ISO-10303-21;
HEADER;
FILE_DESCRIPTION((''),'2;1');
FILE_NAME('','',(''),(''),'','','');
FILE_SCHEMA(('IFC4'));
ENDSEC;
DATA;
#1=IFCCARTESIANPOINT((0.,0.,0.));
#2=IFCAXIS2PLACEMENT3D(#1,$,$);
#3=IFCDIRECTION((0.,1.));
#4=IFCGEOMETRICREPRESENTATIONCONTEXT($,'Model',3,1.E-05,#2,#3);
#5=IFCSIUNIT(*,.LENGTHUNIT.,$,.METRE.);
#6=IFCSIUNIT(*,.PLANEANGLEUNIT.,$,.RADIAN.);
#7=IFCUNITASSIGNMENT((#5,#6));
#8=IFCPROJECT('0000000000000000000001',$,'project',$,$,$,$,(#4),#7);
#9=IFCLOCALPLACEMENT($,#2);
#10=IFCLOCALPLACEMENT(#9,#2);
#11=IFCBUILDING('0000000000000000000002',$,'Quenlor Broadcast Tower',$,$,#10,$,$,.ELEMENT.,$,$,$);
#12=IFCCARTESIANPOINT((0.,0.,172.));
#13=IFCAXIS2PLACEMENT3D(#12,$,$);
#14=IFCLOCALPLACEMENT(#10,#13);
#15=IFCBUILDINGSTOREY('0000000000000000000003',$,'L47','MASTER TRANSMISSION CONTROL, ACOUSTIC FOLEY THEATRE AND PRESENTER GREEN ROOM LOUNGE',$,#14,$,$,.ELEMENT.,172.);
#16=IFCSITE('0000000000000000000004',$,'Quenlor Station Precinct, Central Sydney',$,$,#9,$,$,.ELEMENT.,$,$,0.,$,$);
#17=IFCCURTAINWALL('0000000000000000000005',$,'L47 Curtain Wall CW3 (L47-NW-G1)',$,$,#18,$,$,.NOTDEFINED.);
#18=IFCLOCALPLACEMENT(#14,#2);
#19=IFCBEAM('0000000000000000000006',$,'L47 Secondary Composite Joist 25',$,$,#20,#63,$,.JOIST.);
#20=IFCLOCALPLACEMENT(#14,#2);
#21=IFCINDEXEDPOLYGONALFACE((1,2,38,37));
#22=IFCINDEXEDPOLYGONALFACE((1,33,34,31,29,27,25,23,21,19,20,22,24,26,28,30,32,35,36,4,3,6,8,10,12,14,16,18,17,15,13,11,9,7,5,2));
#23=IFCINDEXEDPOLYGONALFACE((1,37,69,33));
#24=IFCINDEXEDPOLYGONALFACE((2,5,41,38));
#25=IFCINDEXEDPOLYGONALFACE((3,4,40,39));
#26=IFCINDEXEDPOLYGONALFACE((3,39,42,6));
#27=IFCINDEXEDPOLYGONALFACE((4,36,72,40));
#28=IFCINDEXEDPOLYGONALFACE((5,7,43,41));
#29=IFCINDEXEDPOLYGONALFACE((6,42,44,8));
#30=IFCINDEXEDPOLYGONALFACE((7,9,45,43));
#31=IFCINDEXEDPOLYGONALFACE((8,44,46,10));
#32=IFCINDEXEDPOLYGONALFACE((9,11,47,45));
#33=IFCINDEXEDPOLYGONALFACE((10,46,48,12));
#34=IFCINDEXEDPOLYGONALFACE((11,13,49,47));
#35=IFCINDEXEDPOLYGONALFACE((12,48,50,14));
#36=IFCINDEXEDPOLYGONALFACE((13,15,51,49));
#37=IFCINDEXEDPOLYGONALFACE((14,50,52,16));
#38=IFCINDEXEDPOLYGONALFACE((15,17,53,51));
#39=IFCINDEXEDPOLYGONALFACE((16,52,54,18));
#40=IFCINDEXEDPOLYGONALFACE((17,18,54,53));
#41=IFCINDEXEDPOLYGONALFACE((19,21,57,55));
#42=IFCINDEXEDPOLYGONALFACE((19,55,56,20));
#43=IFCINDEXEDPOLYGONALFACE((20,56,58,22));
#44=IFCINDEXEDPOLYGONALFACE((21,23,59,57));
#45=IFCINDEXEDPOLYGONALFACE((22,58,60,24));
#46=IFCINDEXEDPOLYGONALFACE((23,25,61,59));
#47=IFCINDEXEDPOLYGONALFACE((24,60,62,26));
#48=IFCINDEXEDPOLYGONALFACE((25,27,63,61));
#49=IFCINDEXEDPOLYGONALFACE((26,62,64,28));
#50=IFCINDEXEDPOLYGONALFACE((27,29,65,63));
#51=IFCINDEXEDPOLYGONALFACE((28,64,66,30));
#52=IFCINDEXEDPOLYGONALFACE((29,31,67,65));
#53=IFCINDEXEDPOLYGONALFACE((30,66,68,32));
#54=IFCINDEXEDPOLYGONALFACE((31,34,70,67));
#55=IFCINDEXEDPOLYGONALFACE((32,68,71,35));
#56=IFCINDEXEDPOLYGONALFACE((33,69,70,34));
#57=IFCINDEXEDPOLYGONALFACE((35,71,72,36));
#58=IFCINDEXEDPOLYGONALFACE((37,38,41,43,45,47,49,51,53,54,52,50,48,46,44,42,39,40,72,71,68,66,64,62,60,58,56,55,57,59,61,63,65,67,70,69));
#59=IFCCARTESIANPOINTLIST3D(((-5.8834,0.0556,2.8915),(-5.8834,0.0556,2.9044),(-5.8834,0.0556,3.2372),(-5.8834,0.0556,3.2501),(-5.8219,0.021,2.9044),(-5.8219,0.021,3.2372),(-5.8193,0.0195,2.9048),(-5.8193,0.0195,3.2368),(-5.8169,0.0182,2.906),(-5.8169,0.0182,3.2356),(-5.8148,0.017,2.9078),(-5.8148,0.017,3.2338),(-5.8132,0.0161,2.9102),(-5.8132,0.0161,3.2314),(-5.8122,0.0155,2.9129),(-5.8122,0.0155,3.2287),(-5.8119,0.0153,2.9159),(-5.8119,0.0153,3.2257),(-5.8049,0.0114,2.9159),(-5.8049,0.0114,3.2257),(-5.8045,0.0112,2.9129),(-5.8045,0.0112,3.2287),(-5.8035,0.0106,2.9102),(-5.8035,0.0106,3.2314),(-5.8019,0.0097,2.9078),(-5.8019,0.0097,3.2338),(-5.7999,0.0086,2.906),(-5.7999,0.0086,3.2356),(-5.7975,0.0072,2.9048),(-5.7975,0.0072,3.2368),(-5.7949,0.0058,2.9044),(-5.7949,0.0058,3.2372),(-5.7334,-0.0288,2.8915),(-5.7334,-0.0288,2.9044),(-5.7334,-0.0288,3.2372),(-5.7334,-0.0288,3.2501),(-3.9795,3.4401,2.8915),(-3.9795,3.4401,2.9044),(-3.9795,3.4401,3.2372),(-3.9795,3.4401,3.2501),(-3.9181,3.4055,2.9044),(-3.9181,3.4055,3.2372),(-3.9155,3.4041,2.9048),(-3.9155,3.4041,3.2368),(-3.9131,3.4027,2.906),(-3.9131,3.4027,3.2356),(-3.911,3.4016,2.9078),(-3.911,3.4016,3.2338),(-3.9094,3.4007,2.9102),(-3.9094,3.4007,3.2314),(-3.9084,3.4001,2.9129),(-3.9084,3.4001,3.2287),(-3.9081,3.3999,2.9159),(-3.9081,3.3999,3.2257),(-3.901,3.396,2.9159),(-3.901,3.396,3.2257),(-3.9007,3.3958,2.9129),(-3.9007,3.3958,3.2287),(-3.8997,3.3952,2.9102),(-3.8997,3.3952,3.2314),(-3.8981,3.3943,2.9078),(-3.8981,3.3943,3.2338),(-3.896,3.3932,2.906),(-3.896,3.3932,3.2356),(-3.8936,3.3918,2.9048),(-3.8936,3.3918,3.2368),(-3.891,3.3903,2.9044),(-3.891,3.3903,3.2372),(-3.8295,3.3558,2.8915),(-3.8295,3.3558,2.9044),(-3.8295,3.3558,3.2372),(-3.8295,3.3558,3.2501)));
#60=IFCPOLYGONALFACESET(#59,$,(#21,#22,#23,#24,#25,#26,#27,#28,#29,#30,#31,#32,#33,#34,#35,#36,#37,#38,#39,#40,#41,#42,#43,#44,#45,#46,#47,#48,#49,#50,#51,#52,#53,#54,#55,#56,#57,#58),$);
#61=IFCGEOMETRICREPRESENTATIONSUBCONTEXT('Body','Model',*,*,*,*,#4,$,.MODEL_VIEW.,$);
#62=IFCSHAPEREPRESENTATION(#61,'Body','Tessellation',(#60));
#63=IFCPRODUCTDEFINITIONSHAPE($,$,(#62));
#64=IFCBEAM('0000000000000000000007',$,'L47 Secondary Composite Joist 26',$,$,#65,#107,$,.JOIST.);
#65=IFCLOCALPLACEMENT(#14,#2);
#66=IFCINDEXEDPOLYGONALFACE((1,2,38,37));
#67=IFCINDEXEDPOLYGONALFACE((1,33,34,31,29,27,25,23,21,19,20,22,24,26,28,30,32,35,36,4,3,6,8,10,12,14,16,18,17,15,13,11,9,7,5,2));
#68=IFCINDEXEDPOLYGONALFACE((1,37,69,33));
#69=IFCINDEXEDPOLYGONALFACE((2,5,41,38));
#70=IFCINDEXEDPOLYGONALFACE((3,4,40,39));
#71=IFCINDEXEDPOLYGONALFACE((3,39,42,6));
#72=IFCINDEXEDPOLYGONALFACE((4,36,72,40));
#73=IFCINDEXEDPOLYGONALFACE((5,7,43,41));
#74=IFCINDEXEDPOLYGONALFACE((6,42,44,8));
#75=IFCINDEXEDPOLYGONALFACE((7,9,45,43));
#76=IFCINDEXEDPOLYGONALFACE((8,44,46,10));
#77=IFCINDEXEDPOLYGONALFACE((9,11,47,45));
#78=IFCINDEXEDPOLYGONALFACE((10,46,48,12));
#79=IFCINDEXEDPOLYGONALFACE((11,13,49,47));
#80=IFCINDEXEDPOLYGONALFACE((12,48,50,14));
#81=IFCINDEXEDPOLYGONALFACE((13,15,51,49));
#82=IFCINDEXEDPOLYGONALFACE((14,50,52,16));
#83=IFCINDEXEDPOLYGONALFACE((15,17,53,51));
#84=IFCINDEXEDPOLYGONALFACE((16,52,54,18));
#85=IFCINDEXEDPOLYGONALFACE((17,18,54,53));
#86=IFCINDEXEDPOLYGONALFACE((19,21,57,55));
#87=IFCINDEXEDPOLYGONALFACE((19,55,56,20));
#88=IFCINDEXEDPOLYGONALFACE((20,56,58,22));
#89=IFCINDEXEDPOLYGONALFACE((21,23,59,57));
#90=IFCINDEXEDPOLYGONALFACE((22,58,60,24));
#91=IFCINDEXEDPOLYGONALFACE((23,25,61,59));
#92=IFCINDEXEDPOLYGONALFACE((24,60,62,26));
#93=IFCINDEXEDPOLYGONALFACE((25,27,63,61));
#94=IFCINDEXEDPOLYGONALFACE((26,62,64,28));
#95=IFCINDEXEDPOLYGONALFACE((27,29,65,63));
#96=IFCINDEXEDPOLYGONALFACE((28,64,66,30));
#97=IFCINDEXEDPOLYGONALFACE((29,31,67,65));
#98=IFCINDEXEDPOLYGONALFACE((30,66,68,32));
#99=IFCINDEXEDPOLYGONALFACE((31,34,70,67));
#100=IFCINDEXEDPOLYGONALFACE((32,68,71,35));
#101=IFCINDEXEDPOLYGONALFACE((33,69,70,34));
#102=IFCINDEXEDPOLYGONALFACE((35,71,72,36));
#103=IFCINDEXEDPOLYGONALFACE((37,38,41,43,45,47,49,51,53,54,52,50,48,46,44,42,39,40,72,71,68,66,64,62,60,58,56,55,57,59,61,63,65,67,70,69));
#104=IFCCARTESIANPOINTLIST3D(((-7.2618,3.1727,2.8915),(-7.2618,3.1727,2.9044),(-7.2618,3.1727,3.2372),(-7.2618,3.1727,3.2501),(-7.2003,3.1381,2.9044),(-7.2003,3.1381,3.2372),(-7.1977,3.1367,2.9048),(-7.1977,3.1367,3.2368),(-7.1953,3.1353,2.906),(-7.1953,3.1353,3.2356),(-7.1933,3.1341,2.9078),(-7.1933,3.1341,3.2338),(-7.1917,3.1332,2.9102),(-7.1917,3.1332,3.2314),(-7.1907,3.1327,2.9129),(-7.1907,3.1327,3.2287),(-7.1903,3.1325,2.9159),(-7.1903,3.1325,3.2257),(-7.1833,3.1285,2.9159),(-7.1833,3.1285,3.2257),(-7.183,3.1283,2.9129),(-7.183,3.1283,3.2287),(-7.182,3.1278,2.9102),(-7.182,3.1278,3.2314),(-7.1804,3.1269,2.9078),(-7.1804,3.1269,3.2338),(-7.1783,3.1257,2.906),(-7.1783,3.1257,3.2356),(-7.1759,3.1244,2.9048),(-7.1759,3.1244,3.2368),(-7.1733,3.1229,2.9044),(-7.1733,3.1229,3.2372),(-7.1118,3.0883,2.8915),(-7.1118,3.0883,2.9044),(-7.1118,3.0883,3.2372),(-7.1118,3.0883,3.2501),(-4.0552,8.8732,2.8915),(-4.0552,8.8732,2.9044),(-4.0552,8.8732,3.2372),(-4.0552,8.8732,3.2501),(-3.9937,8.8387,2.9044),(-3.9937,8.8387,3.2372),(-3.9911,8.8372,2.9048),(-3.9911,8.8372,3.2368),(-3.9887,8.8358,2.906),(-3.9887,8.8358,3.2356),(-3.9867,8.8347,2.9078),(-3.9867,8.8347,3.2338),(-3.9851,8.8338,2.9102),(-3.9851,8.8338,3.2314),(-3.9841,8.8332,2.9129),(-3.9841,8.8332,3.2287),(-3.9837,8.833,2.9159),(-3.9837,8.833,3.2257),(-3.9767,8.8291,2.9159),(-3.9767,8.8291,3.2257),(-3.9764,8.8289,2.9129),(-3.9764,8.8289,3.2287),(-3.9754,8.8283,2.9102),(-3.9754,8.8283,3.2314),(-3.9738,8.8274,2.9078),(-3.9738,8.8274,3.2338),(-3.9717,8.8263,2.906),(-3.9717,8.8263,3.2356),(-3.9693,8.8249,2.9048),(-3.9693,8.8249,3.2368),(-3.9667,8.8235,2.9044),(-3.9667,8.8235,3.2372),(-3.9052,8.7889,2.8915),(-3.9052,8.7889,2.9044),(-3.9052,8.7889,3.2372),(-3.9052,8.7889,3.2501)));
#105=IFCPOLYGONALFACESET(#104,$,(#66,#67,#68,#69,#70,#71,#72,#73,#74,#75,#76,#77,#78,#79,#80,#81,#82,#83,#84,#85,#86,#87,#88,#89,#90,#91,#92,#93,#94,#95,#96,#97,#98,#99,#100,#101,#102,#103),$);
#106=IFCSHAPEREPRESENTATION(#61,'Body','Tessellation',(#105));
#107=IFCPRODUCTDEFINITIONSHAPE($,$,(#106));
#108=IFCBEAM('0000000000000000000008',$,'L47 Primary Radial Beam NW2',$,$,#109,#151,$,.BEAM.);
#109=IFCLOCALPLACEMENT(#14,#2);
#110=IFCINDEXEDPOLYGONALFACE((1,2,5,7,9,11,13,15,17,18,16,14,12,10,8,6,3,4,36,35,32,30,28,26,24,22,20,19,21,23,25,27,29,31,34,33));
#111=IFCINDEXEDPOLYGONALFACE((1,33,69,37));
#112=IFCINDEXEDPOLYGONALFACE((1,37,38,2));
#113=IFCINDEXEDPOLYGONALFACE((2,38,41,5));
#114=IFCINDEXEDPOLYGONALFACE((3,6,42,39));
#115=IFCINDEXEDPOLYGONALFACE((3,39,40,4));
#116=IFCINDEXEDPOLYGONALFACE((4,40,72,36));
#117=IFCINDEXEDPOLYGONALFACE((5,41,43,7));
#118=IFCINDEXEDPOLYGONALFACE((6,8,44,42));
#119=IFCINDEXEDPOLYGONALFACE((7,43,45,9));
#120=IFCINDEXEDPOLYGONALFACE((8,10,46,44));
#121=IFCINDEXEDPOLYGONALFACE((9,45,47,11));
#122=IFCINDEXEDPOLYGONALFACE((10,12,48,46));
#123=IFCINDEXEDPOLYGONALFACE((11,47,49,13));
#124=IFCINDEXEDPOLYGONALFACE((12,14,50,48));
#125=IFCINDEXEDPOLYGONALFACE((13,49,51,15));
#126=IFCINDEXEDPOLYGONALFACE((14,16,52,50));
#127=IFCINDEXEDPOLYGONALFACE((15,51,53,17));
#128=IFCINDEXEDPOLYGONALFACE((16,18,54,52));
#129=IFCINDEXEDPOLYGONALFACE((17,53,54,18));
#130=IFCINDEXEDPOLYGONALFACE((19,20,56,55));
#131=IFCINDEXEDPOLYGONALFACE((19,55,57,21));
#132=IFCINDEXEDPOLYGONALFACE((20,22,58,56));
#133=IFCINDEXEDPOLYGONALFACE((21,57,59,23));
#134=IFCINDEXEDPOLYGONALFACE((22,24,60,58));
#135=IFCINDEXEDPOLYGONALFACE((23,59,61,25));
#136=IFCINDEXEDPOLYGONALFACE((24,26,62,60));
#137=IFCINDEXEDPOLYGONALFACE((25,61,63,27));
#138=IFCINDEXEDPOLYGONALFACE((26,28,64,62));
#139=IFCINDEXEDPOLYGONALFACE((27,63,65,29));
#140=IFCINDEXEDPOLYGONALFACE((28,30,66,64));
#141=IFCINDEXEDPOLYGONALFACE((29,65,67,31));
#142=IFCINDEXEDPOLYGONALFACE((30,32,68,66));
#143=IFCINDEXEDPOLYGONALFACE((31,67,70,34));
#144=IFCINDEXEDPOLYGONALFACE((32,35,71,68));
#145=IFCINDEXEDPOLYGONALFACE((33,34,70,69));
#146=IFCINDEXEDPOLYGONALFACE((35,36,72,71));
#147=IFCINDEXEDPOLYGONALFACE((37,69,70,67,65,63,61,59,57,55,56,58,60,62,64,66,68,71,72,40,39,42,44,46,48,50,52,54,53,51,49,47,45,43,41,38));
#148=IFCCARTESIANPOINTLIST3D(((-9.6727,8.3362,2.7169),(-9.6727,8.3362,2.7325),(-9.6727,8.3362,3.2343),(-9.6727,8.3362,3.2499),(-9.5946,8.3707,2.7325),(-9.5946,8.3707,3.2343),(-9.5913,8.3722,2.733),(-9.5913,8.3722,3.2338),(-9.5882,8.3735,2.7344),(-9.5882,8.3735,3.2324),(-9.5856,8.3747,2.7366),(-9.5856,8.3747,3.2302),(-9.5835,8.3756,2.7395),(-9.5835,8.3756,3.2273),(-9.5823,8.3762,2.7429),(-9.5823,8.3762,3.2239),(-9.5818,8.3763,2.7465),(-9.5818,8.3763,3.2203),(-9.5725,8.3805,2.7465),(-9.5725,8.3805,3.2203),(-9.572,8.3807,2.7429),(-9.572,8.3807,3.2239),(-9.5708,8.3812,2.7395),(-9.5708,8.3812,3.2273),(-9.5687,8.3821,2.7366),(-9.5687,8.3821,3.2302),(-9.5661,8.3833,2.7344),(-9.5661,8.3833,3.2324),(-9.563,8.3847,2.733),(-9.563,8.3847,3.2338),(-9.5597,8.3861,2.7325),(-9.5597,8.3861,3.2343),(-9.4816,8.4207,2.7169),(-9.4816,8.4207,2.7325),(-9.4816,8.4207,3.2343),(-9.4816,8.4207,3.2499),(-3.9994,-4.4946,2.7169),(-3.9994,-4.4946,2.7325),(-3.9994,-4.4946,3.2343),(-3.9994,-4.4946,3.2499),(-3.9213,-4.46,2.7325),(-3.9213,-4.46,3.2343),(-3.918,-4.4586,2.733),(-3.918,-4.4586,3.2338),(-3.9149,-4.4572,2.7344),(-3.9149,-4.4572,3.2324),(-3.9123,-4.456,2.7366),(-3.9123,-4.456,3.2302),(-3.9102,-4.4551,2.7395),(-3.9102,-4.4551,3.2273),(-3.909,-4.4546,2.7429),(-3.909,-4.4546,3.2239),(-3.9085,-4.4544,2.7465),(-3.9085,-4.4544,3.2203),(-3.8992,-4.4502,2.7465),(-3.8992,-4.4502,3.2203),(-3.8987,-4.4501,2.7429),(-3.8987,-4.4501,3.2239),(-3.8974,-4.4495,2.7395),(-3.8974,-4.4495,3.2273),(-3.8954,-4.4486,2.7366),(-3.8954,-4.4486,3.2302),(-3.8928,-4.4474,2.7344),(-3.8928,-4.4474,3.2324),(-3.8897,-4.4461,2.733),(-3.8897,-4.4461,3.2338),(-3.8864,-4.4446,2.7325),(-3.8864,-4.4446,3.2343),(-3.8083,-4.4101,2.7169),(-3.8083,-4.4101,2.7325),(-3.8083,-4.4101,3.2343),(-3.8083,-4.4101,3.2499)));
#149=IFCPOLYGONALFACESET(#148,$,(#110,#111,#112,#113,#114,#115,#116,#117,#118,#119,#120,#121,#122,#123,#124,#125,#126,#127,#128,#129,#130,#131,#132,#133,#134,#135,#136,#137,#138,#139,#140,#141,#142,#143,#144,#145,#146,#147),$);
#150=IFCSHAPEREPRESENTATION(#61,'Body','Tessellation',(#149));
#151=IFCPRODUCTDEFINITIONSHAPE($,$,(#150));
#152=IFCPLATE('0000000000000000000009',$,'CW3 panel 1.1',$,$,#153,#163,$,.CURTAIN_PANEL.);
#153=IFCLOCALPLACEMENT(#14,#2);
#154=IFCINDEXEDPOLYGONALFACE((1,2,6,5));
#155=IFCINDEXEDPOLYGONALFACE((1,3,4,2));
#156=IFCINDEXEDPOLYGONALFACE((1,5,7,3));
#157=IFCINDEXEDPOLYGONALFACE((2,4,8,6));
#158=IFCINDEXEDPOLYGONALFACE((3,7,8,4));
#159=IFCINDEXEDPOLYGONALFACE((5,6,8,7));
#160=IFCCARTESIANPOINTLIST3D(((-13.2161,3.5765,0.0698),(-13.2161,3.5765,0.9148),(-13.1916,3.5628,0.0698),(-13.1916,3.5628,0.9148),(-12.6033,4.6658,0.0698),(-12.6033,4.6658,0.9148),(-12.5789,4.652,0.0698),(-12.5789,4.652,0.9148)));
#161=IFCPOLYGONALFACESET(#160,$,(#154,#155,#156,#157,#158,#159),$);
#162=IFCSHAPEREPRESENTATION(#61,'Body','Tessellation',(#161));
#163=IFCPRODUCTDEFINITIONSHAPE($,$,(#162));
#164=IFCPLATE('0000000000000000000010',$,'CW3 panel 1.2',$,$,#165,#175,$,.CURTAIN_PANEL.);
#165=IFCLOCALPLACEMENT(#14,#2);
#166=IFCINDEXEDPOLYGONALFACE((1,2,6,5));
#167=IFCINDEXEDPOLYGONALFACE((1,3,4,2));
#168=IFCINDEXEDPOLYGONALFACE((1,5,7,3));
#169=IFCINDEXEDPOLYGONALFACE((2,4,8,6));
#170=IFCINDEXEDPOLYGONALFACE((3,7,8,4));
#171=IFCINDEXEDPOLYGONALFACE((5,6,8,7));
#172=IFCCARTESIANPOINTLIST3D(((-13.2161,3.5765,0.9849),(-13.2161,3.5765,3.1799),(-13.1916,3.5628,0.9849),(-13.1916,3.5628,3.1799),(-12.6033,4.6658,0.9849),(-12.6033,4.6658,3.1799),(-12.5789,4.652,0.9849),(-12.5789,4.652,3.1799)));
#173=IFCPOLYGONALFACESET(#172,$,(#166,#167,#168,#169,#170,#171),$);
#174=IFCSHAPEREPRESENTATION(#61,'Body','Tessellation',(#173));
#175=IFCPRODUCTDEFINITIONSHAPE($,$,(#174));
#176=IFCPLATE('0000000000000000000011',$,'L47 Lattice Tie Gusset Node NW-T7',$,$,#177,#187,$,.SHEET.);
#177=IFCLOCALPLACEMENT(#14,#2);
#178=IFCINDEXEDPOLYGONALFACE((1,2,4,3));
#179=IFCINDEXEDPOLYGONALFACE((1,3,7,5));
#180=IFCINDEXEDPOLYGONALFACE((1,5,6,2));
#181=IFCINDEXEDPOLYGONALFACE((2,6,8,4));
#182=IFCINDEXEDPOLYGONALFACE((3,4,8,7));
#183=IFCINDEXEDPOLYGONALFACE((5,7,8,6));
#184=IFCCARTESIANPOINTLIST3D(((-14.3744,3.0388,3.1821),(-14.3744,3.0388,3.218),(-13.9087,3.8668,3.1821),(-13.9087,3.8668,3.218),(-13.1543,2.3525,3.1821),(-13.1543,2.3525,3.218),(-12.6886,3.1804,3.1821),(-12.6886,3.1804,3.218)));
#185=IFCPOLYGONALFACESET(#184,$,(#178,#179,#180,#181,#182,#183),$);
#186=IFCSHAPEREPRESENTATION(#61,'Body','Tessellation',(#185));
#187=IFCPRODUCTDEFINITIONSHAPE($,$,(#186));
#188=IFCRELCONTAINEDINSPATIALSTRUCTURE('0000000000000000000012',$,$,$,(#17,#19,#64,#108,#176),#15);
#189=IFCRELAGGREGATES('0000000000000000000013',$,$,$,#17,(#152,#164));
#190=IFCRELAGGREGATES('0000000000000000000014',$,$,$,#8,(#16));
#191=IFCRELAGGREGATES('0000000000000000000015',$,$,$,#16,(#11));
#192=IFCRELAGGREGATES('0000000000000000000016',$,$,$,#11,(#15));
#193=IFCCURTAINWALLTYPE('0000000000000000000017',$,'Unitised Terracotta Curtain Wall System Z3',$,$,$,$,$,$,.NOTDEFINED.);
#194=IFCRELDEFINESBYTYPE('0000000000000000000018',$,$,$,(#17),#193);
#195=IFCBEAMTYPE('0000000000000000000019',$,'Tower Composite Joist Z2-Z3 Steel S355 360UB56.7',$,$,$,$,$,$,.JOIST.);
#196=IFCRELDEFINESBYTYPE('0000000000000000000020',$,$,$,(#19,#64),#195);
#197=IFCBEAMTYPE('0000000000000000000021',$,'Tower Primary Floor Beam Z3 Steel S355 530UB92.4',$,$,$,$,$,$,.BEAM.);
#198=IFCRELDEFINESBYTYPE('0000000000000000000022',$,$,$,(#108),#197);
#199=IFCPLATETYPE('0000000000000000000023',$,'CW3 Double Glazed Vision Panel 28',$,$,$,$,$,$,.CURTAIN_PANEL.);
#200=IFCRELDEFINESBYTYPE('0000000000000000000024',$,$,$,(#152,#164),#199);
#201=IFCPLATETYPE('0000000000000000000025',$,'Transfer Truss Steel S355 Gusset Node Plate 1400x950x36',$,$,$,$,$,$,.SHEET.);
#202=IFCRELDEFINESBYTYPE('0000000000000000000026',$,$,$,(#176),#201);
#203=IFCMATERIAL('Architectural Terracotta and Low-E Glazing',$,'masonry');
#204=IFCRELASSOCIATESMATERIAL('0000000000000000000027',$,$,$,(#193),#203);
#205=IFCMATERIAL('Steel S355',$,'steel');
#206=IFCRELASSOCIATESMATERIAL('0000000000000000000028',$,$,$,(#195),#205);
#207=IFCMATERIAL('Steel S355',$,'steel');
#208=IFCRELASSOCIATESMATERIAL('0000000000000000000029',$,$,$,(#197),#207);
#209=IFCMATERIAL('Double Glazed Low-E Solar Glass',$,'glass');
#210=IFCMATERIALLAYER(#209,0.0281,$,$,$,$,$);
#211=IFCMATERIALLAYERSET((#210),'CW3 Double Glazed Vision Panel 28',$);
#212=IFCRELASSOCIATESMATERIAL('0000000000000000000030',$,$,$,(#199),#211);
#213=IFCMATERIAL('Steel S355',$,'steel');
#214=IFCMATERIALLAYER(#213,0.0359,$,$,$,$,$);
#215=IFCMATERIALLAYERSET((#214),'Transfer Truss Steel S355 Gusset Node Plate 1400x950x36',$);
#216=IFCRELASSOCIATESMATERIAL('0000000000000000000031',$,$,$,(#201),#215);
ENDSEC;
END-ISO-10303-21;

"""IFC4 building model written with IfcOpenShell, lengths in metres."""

from ifc_helpers import new_model, si_unit, direction, frame, origin, origin_2d, place, context, subcontext, project, spatial, rectangle, i_section, extrude, material, layer, layer_set, material_profile, profile_set, type_object, element, aggregate, save


model = new_model("IFC4")

# Units and contexts
model_context = context("Model", 3, precision=1e-05, world=origin(), true_north=direction((0.0, 1.0)))
body_context = subcontext(model_context, "Body", "Model", "MODEL_VIEW")
ifc_project = project(units=[si_unit("LENGTHUNIT", "METRE"), si_unit("PLANEANGLEUNIT", "RADIAN")], contexts=[model_context])

# Site, building, storey
site_placement = place(None, origin())
site = spatial("IfcSite", under=ifc_project, at=site_placement, Name="Quenlor Station Precinct, Central Sydney", CompositionType="ELEMENT", RefElevation=0.0)
building_placement = place(site_placement, origin())
building = spatial("IfcBuilding", under=site, at=building_placement, Name="Quenlor Broadcast Tower", CompositionType="ELEMENT")
storey_placement = place(building_placement, frame((0.0, 0.0, 172.0)))
storey = spatial("IfcBuildingStorey", under=building, at=storey_placement, Name="L47", Description="MASTER TRANSMISSION CONTROL, ACOUSTIC FOLEY THEATRE AND PRESENTER GREEN ROOM LOUNGE", CompositionType="ELEMENT", Elevation=172.0)

# Shared definitions
ifc_material_1 = material(Name="Architectural Terracotta and Low-E Glazing", Category="masonry")
curtain_wall_type = type_object("IfcCurtainWallType", Name="Unitised Terracotta Curtain Wall System Z3", PredefinedType="NOTDEFINED", material=ifc_material_1)

# Curtain wall
curtain_wall_1_placement = place(storey_placement, origin())
curtain_wall_1 = element("IfcCurtainWall", 1, at=curtain_wall_1_placement, inside=storey, type_object=curtain_wall_type, Name="L47 Curtain Wall CW3 (L47-NW-G1)", PredefinedType="NOTDEFINED")

# Beams
ifc_material_2 = material(Name="Steel S355", Category="steel")
ifc_material_profile_1 = material_profile(ifc_material_2, i_section(OverallWidth=0.1721, OverallDepth=0.3586, WebThickness=0.0081, FlangeThickness=0.0129, FilletRadius=0.0115, at=origin_2d()))
ifc_profile_set_1 = profile_set([ifc_material_profile_1], Name="Steel S355 360UB56.7")
beam_type_1 = type_object("IfcBeamType", Name="Tower Composite Joist Z2-Z3 Steel S355 360UB56.7", PredefinedType="JOIST", material=ifc_profile_set_1)
beam_1_placement = place(storey_placement, frame((-3.9045, 3.3979, 3.0708), z_axis=(-0.490264, -0.871574, 0.0), x_axis=(0.871574, -0.490264, 0.0)))
element("IfcBeam", 2, at=beam_1_placement, inside=storey, type_object=beam_type_1, Name="L47 Secondary Composite Joist 25", PredefinedType="JOIST", context=body_context, shape_type="SweptSolid", body=[
    extrude(i_section(OverallWidth=0.1721, OverallDepth=0.3586, WebThickness=0.0081, FlangeThickness=0.0129, FilletRadius=0.0115, at=origin_2d()), origin(), (0.0, 0.0, 1.0), 3.8833),
])
beam_2_placement = place(storey_placement, frame((-3.9802, 8.8311, 3.0708), z_axis=(-0.490267, -0.871573, 0.0), x_axis=(0.871573, -0.490267, 0.0)))
element("IfcBeam", 3, at=beam_2_placement, inside=storey, type_object=beam_type_1, Name="L47 Secondary Composite Joist 26", PredefinedType="JOIST", context=body_context, shape_type="SweptSolid", body=[
    extrude(i_section(OverallWidth=0.1721, OverallDepth=0.3586, WebThickness=0.0081, FlangeThickness=0.0129, FilletRadius=0.0115, at=origin_2d()), origin(), (0.0, 0.0, 1.0), 6.5405),
])
ifc_material_3 = material(Name="Steel S355", Category="steel")
ifc_material_profile_2 = material_profile(ifc_material_3, i_section(OverallWidth=0.209, OverallDepth=0.533, WebThickness=0.0103, FlangeThickness=0.0156, FilletRadius=0.0139, at=origin_2d()))
ifc_profile_set_2 = profile_set([ifc_material_profile_2], Name="Steel S355 530UB92.4")
beam_type_2 = type_object("IfcBeamType", Name="Tower Primary Floor Beam Z3 Steel S355 530UB92.4", PredefinedType="BEAM", material=ifc_profile_set_2)
beam_3_placement = place(storey_placement, frame((-9.5771, 8.3784, 2.9834), z_axis=(0.404397, -0.914583, 0.0), x_axis=(0.914583, 0.404397, 0.0)))
element("IfcBeam", 4, at=beam_3_placement, inside=storey, type_object=beam_type_2, Name="L47 Primary Radial Beam NW2", PredefinedType="BEAM", context=body_context, shape_type="SweptSolid", body=[
    extrude(i_section(OverallWidth=0.209, OverallDepth=0.533, WebThickness=0.0103, FlangeThickness=0.0156, FilletRadius=0.0139, at=origin_2d()), origin(), (0.0, 0.0, 1.0), 14.0291),
])

# Plates
ifc_material_4 = material(Name="Double Glazed Low-E Solar Glass", Category="glass")
ifc_layer_1 = layer(ifc_material_4, 0.0281)
ifc_layer_set_1 = layer_set([ifc_layer_1], Name="CW3 Double Glazed Vision Panel 28")
plate_type_1 = type_object("IfcPlateType", Name="CW3 Double Glazed Vision Panel 28", PredefinedType="CURTAIN_PANEL", material=ifc_layer_set_1)
plate_1_placement = place(storey_placement, frame((-12.8975, 4.1143, 0.0698), z_axis=(0.0, 0.0, 1.0), x_axis=(0.490285, 0.871562, 0.0)))
plate_1 = element("IfcPlate", 5, at=plate_1_placement, type_object=plate_type_1, Name="CW3 panel 1.1", PredefinedType="CURTAIN_PANEL", context=body_context, shape_type="SweptSolid", body=[
    extrude(rectangle(XDim=1.2498, YDim=0.0281, at=origin_2d()), origin(), (0.0, 0.0, 1.0), 0.845),
])
plate_2_placement = place(storey_placement, frame((-12.8975, 4.1143, 0.9849), z_axis=(0.0, 0.0, 1.0), x_axis=(0.490285, 0.871562, 0.0)))
plate_2 = element("IfcPlate", 6, at=plate_2_placement, type_object=plate_type_1, Name="CW3 panel 1.2", PredefinedType="CURTAIN_PANEL", context=body_context, shape_type="SweptSolid", body=[
    extrude(rectangle(XDim=1.2498, YDim=0.0281, at=origin_2d()), origin(), (0.0, 0.0, 1.0), 2.1951),
])
aggregate(curtain_wall_1, [plate_1, plate_2])

# Plate
ifc_material_5 = material(Name="Steel S355", Category="steel")
ifc_layer_2 = layer(ifc_material_5, 0.0359)
ifc_layer_set_2 = layer_set([ifc_layer_2], Name="Transfer Truss Steel S355 Gusset Node Plate 1400x950x36")
plate_type_2 = type_object("IfcPlateType", Name="Transfer Truss Steel S355 Gusset Node Plate 1400x950x36", PredefinedType="SHEET", material=ifc_layer_set_2)
for number, where, z_axis, x_axis, name in (
    (7, (-13.5315, 3.1096, 3.1821), (0.0, 0.0, 1.0), (-0.871556, 0.490295, 0.0), "L47 Lattice Tie Gusset Node NW-T7"),
):
    element("IfcPlate", number, at=place(storey_placement, frame(where, z_axis=z_axis, x_axis=x_axis)), inside=storey, type_object=plate_type_2, Name=name, PredefinedType="SHEET", context=body_context, shape_type="SweptSolid", body=[
        extrude(rectangle(XDim=1.3999, YDim=0.95, at=origin_2d()), origin(), (0.0, 0.0, 1.0), 0.0359),
    ])

save(model, "model.ifc")
